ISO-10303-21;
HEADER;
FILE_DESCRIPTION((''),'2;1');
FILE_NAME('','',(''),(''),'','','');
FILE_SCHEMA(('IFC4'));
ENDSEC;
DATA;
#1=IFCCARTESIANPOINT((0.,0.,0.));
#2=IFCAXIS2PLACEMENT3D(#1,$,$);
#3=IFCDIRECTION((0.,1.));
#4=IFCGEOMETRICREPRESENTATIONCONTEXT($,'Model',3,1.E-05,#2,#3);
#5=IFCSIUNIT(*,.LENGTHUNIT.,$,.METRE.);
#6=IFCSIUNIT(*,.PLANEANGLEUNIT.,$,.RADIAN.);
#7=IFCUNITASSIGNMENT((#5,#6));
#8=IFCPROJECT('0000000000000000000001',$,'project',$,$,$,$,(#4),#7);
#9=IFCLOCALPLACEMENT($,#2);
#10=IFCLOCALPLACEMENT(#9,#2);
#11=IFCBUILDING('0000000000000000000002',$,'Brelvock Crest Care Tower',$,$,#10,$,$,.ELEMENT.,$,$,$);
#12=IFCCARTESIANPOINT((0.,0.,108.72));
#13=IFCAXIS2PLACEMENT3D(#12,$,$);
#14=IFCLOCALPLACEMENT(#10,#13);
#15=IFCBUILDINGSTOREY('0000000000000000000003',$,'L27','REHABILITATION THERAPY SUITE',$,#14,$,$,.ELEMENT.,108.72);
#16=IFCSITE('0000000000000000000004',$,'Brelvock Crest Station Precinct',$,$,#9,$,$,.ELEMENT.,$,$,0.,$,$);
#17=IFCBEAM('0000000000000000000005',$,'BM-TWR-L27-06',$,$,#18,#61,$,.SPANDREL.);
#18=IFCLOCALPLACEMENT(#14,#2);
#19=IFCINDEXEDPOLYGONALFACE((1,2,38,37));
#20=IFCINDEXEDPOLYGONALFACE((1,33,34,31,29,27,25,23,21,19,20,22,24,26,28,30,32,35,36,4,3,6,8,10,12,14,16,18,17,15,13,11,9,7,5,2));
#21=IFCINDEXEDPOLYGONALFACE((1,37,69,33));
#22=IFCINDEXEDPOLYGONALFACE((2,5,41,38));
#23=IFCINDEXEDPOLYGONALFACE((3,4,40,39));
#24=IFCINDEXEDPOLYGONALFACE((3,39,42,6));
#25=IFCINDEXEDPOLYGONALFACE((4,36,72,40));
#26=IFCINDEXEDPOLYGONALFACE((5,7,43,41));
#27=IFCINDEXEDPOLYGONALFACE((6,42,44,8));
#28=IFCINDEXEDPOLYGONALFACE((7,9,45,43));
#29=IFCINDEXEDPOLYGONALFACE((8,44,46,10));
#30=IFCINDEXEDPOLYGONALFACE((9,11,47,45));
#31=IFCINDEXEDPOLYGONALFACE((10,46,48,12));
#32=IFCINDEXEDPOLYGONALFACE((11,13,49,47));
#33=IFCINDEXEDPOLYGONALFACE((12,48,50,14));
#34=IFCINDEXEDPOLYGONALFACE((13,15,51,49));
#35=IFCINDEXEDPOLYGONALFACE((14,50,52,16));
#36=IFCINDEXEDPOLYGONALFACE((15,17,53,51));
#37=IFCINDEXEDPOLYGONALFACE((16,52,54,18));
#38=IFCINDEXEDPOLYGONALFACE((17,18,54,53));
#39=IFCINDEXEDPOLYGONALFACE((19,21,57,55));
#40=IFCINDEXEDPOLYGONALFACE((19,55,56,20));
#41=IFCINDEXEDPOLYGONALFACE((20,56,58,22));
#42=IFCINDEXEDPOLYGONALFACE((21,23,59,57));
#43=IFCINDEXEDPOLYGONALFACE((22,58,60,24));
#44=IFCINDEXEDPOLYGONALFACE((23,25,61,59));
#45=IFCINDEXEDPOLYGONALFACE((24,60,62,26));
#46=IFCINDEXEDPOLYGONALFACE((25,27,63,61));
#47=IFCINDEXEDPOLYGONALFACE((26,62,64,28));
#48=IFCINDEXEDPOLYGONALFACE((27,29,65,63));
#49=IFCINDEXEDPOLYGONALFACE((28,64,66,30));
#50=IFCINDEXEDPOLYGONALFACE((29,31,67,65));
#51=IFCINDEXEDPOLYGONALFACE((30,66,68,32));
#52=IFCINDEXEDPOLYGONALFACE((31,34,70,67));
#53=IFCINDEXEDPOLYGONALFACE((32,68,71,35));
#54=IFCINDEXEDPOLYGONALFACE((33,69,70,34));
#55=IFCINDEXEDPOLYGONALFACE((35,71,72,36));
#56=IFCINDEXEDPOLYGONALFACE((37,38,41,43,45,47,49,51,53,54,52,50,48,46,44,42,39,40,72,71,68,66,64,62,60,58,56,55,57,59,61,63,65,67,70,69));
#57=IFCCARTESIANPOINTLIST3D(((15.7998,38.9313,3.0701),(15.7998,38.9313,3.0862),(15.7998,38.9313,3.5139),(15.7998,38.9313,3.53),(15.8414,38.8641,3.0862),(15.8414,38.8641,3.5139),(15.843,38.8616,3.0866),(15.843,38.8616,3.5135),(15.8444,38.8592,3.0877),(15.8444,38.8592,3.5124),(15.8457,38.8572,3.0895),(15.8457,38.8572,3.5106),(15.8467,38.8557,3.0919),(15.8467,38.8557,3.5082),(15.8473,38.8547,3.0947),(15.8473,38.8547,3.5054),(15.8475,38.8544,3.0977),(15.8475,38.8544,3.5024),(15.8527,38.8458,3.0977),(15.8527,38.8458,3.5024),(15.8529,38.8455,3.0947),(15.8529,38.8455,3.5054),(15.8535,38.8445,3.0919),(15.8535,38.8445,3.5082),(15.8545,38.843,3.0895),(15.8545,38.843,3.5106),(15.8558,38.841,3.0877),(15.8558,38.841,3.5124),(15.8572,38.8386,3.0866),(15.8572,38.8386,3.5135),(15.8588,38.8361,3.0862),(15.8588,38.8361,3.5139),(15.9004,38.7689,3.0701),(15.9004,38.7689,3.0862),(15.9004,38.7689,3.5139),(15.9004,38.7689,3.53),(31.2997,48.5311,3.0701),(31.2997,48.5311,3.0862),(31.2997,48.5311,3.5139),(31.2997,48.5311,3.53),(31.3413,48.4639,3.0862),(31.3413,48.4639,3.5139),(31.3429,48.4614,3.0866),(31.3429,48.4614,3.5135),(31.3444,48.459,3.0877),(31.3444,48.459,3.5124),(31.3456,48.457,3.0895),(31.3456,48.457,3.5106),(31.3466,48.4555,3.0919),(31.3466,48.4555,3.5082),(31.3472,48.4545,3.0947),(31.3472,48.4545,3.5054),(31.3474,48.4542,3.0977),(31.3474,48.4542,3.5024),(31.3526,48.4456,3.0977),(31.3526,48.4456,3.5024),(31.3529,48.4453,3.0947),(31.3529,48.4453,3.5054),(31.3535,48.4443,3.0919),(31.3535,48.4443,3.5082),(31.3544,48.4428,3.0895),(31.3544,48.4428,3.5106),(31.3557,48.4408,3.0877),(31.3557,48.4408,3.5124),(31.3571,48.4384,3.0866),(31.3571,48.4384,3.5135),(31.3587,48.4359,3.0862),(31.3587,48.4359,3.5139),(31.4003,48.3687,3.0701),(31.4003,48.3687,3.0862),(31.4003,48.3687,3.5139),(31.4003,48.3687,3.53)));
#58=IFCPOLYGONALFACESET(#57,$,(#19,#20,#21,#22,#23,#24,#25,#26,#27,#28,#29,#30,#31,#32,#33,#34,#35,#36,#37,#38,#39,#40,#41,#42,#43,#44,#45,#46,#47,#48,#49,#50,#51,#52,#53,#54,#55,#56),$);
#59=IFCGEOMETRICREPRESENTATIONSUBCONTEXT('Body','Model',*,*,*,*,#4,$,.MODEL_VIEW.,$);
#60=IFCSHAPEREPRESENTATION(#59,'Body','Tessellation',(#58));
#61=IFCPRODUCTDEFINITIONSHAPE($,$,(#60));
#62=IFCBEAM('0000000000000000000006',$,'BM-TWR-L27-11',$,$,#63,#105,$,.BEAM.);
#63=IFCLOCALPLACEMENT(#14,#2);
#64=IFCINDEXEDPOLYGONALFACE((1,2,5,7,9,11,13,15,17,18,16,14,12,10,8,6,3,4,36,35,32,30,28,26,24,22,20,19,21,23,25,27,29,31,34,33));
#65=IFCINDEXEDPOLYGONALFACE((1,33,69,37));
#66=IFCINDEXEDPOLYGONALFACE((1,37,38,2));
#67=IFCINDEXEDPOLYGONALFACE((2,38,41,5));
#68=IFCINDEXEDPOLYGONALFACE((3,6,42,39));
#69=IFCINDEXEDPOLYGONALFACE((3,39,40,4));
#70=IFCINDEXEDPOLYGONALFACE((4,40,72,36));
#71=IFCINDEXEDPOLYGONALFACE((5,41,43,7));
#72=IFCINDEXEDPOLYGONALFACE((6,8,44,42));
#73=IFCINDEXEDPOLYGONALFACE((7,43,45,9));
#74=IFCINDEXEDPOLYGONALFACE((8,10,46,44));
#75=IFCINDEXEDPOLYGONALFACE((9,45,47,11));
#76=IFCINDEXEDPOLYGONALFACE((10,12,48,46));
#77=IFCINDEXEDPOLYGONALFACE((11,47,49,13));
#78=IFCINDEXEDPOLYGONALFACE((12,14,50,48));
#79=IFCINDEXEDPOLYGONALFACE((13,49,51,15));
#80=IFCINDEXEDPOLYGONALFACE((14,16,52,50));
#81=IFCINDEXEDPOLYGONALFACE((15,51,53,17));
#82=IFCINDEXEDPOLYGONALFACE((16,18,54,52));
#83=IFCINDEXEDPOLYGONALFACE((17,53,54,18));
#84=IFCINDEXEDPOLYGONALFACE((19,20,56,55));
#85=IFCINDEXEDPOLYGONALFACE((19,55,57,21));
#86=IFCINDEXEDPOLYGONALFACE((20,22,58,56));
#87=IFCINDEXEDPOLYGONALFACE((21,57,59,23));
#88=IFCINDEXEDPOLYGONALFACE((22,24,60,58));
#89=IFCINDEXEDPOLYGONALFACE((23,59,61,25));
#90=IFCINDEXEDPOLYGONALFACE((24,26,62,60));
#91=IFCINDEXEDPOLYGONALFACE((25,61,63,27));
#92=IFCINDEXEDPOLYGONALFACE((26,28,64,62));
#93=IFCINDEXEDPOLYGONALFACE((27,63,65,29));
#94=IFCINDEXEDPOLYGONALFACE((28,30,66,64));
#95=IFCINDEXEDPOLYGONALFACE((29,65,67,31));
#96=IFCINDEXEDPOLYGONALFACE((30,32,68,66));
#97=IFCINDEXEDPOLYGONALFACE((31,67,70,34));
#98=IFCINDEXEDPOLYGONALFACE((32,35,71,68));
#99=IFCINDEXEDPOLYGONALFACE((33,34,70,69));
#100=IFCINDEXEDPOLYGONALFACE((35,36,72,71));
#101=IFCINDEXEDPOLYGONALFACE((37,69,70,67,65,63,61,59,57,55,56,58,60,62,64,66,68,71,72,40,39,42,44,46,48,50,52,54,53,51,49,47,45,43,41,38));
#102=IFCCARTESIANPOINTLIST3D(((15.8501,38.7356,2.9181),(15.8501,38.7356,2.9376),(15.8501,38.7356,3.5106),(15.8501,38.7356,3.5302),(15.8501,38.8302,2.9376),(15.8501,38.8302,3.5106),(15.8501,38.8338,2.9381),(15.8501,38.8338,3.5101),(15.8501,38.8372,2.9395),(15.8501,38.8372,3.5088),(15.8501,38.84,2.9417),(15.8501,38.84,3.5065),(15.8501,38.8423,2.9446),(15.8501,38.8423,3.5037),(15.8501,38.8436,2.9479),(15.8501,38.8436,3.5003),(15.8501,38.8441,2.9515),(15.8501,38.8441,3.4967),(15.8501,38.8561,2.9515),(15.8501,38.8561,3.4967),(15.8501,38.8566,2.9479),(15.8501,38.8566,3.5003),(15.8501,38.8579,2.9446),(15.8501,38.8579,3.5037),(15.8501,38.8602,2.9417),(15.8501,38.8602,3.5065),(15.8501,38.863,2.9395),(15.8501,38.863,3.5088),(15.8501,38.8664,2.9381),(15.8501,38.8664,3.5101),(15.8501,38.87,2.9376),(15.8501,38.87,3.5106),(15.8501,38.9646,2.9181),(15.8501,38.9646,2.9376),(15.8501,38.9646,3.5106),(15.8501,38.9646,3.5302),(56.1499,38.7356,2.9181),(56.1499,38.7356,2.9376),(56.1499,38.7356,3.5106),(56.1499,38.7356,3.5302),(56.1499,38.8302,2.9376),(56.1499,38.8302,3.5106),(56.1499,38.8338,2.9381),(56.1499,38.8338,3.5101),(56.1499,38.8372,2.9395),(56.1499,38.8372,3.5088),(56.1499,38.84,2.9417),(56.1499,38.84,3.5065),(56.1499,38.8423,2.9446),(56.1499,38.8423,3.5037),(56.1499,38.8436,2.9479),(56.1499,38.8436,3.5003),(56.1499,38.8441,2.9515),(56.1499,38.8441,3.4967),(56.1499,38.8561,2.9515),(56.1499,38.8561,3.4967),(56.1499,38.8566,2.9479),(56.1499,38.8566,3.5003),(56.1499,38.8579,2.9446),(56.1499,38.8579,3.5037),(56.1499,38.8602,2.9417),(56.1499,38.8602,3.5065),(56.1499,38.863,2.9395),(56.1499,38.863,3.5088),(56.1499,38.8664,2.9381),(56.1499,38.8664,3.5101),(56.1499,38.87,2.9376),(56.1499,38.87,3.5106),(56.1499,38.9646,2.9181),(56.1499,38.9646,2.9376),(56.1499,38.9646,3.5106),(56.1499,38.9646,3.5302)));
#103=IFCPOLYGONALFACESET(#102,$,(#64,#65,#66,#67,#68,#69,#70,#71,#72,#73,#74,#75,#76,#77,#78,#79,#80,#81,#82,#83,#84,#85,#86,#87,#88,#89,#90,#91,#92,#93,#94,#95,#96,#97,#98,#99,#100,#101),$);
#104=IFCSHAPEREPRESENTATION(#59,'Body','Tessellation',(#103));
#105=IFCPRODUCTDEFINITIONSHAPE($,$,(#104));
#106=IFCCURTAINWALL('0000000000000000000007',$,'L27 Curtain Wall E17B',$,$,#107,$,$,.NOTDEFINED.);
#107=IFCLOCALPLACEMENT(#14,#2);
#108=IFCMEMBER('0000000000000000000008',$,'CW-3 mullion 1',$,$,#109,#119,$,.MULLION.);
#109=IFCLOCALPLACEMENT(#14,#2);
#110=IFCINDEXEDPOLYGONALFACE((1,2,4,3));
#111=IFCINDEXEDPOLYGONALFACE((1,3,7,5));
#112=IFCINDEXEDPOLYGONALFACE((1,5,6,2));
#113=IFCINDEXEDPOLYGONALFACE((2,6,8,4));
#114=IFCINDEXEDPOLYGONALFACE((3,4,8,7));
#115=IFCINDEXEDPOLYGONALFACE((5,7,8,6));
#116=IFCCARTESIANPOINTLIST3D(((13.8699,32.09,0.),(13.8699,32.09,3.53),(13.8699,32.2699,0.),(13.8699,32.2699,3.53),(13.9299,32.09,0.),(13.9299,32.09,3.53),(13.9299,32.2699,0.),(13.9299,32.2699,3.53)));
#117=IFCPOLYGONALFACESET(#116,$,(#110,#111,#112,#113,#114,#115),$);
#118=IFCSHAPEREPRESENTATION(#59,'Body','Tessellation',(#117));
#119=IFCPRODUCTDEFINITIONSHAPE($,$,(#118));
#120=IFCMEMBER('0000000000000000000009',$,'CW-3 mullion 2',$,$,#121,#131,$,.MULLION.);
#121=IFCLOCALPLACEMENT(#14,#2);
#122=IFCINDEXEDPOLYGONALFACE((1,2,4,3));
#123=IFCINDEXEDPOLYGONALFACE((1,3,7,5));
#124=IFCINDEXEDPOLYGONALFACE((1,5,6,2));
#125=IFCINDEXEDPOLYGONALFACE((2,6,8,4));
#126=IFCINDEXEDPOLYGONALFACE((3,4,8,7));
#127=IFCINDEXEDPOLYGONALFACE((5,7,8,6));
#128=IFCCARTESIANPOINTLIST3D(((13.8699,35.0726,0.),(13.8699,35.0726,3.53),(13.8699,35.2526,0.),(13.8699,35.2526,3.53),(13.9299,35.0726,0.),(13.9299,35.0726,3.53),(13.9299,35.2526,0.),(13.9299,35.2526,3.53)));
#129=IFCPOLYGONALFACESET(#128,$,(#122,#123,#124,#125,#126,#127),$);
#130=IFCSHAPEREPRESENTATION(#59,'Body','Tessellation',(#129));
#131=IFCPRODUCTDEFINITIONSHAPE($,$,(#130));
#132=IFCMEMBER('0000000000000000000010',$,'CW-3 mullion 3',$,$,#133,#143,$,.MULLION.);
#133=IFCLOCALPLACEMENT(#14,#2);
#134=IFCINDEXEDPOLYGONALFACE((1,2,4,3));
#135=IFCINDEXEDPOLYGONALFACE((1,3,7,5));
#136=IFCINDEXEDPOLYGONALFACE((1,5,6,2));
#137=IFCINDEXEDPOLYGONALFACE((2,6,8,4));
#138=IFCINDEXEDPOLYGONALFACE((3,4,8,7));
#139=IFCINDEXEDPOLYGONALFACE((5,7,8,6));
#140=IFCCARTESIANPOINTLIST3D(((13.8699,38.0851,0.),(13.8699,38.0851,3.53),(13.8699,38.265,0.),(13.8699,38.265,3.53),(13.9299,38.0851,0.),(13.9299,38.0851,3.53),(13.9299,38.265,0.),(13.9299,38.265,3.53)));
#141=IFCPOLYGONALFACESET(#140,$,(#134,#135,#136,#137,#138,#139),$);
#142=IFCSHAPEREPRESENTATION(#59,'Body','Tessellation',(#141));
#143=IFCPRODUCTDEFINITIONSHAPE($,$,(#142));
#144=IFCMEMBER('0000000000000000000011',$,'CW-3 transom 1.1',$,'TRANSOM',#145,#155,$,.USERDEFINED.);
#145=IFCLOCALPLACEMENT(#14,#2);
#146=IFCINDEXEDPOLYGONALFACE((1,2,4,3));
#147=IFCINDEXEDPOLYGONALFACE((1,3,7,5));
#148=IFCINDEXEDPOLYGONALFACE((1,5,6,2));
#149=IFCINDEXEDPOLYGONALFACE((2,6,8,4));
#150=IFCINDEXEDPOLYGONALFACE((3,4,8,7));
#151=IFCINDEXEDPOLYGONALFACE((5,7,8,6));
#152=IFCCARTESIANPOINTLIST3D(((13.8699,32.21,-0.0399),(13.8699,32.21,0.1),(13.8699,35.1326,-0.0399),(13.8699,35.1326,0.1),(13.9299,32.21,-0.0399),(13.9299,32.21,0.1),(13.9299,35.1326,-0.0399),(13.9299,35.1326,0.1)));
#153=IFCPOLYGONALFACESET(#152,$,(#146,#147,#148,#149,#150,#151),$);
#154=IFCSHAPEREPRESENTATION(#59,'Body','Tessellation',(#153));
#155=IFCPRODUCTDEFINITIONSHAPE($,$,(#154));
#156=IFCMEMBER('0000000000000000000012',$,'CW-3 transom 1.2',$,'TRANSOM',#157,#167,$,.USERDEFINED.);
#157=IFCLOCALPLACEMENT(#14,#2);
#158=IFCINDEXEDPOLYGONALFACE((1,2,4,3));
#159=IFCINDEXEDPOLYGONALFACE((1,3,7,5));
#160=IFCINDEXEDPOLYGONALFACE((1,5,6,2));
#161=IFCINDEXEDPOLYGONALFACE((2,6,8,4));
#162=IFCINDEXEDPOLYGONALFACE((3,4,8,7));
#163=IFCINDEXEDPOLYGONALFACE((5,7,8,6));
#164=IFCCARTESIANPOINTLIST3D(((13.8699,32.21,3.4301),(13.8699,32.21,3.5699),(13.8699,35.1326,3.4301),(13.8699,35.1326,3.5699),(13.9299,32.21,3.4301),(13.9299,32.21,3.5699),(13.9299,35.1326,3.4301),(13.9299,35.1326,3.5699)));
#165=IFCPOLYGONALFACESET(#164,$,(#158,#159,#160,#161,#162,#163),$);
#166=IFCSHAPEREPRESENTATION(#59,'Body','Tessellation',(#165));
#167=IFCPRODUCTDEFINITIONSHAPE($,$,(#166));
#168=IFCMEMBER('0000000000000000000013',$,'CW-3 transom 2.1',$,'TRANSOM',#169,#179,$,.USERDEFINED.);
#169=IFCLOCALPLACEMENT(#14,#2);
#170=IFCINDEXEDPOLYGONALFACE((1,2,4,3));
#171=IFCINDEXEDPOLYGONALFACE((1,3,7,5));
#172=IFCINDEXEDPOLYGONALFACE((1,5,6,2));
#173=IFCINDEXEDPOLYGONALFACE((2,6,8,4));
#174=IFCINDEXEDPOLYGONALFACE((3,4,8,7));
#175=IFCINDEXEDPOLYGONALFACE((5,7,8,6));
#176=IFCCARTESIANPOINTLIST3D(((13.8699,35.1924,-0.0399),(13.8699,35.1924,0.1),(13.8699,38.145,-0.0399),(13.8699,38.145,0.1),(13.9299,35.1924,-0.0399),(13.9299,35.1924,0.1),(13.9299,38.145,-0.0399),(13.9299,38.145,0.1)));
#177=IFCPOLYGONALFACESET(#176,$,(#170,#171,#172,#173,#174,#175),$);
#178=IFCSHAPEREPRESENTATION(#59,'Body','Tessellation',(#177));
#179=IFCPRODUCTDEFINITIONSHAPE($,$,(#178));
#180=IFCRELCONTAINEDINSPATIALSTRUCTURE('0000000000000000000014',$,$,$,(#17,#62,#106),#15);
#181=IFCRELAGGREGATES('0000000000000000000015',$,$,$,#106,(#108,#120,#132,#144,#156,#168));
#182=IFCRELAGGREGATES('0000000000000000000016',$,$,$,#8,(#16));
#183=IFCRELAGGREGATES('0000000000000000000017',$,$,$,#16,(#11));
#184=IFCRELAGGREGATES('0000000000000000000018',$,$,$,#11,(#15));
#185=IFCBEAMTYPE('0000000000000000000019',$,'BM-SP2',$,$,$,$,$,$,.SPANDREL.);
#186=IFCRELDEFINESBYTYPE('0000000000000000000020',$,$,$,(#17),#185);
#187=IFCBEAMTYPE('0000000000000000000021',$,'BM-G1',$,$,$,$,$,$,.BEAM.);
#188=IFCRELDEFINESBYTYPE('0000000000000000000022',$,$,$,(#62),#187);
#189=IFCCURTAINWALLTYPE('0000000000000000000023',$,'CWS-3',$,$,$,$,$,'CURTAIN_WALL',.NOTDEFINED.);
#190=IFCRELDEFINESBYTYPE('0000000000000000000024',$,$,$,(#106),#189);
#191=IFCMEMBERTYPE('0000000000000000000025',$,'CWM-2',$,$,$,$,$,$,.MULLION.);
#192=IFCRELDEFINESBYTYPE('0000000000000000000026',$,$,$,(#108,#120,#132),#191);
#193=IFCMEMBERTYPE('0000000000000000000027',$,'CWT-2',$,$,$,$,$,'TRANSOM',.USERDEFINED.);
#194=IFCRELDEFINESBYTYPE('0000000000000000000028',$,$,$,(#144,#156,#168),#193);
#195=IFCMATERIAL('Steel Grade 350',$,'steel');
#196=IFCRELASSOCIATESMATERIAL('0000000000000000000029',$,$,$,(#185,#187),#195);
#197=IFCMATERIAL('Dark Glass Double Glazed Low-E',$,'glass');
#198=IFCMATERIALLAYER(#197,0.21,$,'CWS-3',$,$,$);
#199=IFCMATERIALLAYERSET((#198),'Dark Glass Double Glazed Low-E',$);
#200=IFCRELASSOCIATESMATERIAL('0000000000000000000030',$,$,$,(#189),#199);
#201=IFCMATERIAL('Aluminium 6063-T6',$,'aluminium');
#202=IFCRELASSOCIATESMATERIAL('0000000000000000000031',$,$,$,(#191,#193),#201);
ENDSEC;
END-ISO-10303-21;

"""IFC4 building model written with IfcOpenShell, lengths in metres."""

from ifc_helpers import new_model, si_unit, direction, frame, origin, origin_2d, place, context, subcontext, project, spatial, rectangle, i_section, extrude, source, transform, mapped, material, layer, layer_set, material_profile, profile_set, type_object, element, aggregate, save


model = new_model("IFC4")

# Units and contexts
model_context = context("Model", 3, precision=1e-05, world=origin(), true_north=direction((0.0, 1.0)))
body_context = subcontext(model_context, "Body", "Model", "MODEL_VIEW")
ifc_project = project(units=[si_unit("LENGTHUNIT", "METRE"), si_unit("PLANEANGLEUNIT", "RADIAN")], contexts=[model_context])

# Site, building, storey
site_placement = place(None, origin())
site = spatial("IfcSite", under=ifc_project, at=site_placement, Name="Brelvock Crest Station Precinct", CompositionType="ELEMENT", RefElevation=0.0)
building_placement = place(site_placement, origin())
building = spatial("IfcBuilding", under=site, at=building_placement, Name="Brelvock Crest Care Tower", CompositionType="ELEMENT")
storey_placement = place(building_placement, frame((0.0, 0.0, 108.72)))
storey = spatial("IfcBuildingStorey", under=building, at=storey_placement, Name="L27", Description="REHABILITATION THERAPY SUITE", CompositionType="ELEMENT", Elevation=108.72)

# Shared definitions
ifc_material_1 = material(Name="Steel Grade 350", Category="steel")

# Beams
ifc_material_profile_1 = material_profile(ifc_material_1, i_section(OverallWidth=0.1909, OverallDepth=0.46, WebThickness=0.01, FlangeThickness=0.0161, FilletRadius=0.0115, at=origin_2d()), Name="460UB82.1")
ifc_profile_set_1 = profile_set([ifc_material_profile_1], Name="Steel Grade 350")
beam_type_1 = type_object("IfcBeamType", Name="BM-SP2", PredefinedType="SPANDREL", material=ifc_profile_set_1)
shared_shape_1 = source(origin(), body_context, "Body", "SweptSolid", [
    extrude(i_section(OverallWidth=0.1909, OverallDepth=0.46, WebThickness=0.01, FlangeThickness=0.0161, FilletRadius=0.0115, at=origin_2d()), origin(), (0.0, 0.0, 1.0), 18.2319),
])
beam_1_placement = place(storey_placement, frame((15.8501, 38.8501, 3.3), z_axis=(0.850152, 0.526538, 0.0), x_axis=(-0.526538, 0.850152, 0.0)))
element("IfcBeam", 1, at=beam_1_placement, inside=storey, type_object=beam_type_1, Name="BM-TWR-L27-06", PredefinedType="SPANDREL", context=body_context, shape_type="MappedRepresentation", body=[
    mapped(shared_shape_1, transform((0.0, 0.0, 0.0), x_axis=(1.0, 0.0, 0.0), y_axis=(0.0, 1.0, 0.0), z_axis=(0.0, 0.0, 1.0), scale=1.0)),
])
ifc_material_profile_2 = material_profile(ifc_material_1, i_section(OverallWidth=0.229, OverallDepth=0.6121, WebThickness=0.012, FlangeThickness=0.0195, FilletRadius=0.0139, at=origin_2d()), Name="610UB125")
ifc_profile_set_2 = profile_set([ifc_material_profile_2], Name="Steel Grade 350")
beam_type_2 = type_object("IfcBeamType", Name="BM-G1", PredefinedType="BEAM", material=ifc_profile_set_2)
shared_shape_2 = source(origin(), body_context, "Body", "SweptSolid", [
    extrude(i_section(OverallWidth=0.229, OverallDepth=0.6121, WebThickness=0.012, FlangeThickness=0.0195, FilletRadius=0.0139, at=origin_2d()), origin(), (0.0, 0.0, 1.0), 40.2998),
])
beam_2_placement = place(storey_placement, frame((15.8501, 38.8501, 3.2241), z_axis=(1.0, 0.0, 0.0), x_axis=(0.0, 1.0, 0.0)))
element("IfcBeam", 2, at=beam_2_placement, inside=storey, type_object=beam_type_2, Name="BM-TWR-L27-11", PredefinedType="BEAM", context=body_context, shape_type="MappedRepresentation", body=[
    mapped(shared_shape_2, transform((0.0, 0.0, 0.0), x_axis=(1.0, 0.0, 0.0), y_axis=(0.0, 1.0, 0.0), z_axis=(0.0, 0.0, 1.0), scale=1.0)),
])

# Curtain wall, members
ifc_material_2 = material(Name="Dark Glass Double Glazed Low-E", Category="glass")
ifc_layer_1 = layer(ifc_material_2, 0.21, Name="CWS-3")
ifc_layer_set_1 = layer_set([ifc_layer_1], Name="Dark Glass Double Glazed Low-E")
curtain_wall_type = type_object("IfcCurtainWallType", Name="CWS-3", ElementType="CURTAIN_WALL", PredefinedType="NOTDEFINED", material=ifc_layer_set_1)
curtain_wall_placement = place(storey_placement, origin())
curtain_wall = element("IfcCurtainWall", 3, at=curtain_wall_placement, inside=storey, type_object=curtain_wall_type, Name="L27 Curtain Wall E17B", PredefinedType="NOTDEFINED")
ifc_material_3 = material(Name="Aluminium 6063-T6", Category="aluminium")
ifc_material_profile_3 = material_profile(ifc_material_3, rectangle(XDim=0.0601, YDim=0.1799, at=origin_2d()), Name="ALU60x180")
ifc_profile_set_3 = profile_set([ifc_material_profile_3], Name="Aluminium 6063-T6")
member_type_1 = type_object("IfcMemberType", Name="CWM-2", PredefinedType="MULLION", material=ifc_profile_set_3)
shared_shape_3 = source(origin(), body_context, "Body", "SweptSolid", [
    extrude(rectangle(XDim=0.0601, YDim=0.1799, at=origin_2d()), origin(), (0.0, 0.0, 1.0), 3.53),
])
member_1_placement = place(storey_placement, frame((13.8999, 32.1799, 0.0), z_axis=(0.0, 0.0, 1.0), x_axis=(-1.0, 0.0, 0.0)))
member_1 = element("IfcMember", 4, at=member_1_placement, type_object=member_type_1, Name="CW-3 mullion 1", PredefinedType="MULLION", context=body_context, shape_type="MappedRepresentation", body=[
    mapped(shared_shape_3, transform((0.0, 0.0, 0.0), x_axis=(1.0, 0.0, 0.0), y_axis=(0.0, 1.0, 0.0), z_axis=(0.0, 0.0, 1.0), scale=1.0)),
])
member_2_placement = place(storey_placement, frame((13.8999, 35.1626, 0.0), z_axis=(0.0, 0.0, 1.0), x_axis=(-1.0, 0.0, 0.0)))
member_2 = element("IfcMember", 5, at=member_2_placement, type_object=member_type_1, Name="CW-3 mullion 2", PredefinedType="MULLION", context=body_context, shape_type="MappedRepresentation", body=[
    mapped(shared_shape_3, transform((0.0, 0.0, 0.0), x_axis=(1.0, 0.0, 0.0), y_axis=(0.0, 1.0, 0.0), z_axis=(0.0, 0.0, 1.0), scale=1.0)),
])
member_3_placement = place(storey_placement, frame((13.8999, 38.175, 0.0), z_axis=(0.0, 0.0, 1.0), x_axis=(-1.0, 0.0, 0.0)))
member_3 = element("IfcMember", 6, at=member_3_placement, type_object=member_type_1, Name="CW-3 mullion 3", PredefinedType="MULLION", context=body_context, shape_type="MappedRepresentation", body=[
    mapped(shared_shape_3, transform((0.0, 0.0, 0.0), x_axis=(1.0, 0.0, 0.0), y_axis=(0.0, 1.0, 0.0), z_axis=(0.0, 0.0, 1.0), scale=1.0)),
])
ifc_material_profile_4 = material_profile(ifc_material_3, rectangle(XDim=0.0601, YDim=0.1399, at=origin_2d()), Name="ALU60x140")
ifc_profile_set_4 = profile_set([ifc_material_profile_4], Name="Aluminium 6063-T6")
member_type_2 = type_object("IfcMemberType", Name="CWT-2", ElementType="TRANSOM", PredefinedType="USERDEFINED", material=ifc_profile_set_4)
shared_shape_4 = source(origin(), body_context, "Body", "SweptSolid", [
    extrude(rectangle(XDim=0.0601, YDim=0.1399, at=origin_2d()), origin(), (0.0, 0.0, 1.0), 2.9226),
])
member_4_placement = place(storey_placement, frame((13.8999, 32.21, 0.03), z_axis=(0.0, 1.0, 0.0), x_axis=(-1.0, 0.0, 0.0)))
member_4 = element("IfcMember", 7, at=member_4_placement, type_object=member_type_2, Name="CW-3 transom 1.1", ObjectType="TRANSOM", PredefinedType="USERDEFINED", context=body_context, shape_type="MappedRepresentation", body=[
    mapped(shared_shape_4, transform((0.0, 0.0, 0.0), x_axis=(1.0, 0.0, 0.0), y_axis=(0.0, 1.0, 0.0), z_axis=(0.0, 0.0, 1.0), scale=1.0)),
])
member_5_placement = place(storey_placement, frame((13.8999, 32.21, 3.5), z_axis=(0.0, 1.0, 0.0), x_axis=(-1.0, 0.0, 0.0)))
member_5 = element("IfcMember", 8, at=member_5_placement, type_object=member_type_2, Name="CW-3 transom 1.2", ObjectType="TRANSOM", PredefinedType="USERDEFINED", context=body_context, shape_type="MappedRepresentation", body=[
    mapped(shared_shape_4, transform((0.0, 0.0, 0.0), x_axis=(1.0, 0.0, 0.0), y_axis=(0.0, 1.0, 0.0), z_axis=(0.0, 0.0, 1.0), scale=1.0)),
])
shared_shape_5 = source(origin(), body_context, "Body", "SweptSolid", [
    extrude(rectangle(XDim=0.0601, YDim=0.1399, at=origin_2d()), origin(), (0.0, 0.0, 1.0), 2.9526),
])
member_6_placement = place(storey_placement, frame((13.8999, 35.1924, 0.03), z_axis=(0.0, 1.0, 0.0), x_axis=(-1.0, 0.0, 0.0)))
member_6 = element("IfcMember", 9, at=member_6_placement, type_object=member_type_2, Name="CW-3 transom 2.1", ObjectType="TRANSOM", PredefinedType="USERDEFINED", context=body_context, shape_type="MappedRepresentation", body=[
    mapped(shared_shape_5, transform((0.0, 0.0, 0.0), x_axis=(1.0, 0.0, 0.0), y_axis=(0.0, 1.0, 0.0), z_axis=(0.0, 0.0, 1.0), scale=1.0)),
])
aggregate(curtain_wall, [member_1, member_2, member_3, member_4, member_5, member_6])

save(model, "model.ifc")
